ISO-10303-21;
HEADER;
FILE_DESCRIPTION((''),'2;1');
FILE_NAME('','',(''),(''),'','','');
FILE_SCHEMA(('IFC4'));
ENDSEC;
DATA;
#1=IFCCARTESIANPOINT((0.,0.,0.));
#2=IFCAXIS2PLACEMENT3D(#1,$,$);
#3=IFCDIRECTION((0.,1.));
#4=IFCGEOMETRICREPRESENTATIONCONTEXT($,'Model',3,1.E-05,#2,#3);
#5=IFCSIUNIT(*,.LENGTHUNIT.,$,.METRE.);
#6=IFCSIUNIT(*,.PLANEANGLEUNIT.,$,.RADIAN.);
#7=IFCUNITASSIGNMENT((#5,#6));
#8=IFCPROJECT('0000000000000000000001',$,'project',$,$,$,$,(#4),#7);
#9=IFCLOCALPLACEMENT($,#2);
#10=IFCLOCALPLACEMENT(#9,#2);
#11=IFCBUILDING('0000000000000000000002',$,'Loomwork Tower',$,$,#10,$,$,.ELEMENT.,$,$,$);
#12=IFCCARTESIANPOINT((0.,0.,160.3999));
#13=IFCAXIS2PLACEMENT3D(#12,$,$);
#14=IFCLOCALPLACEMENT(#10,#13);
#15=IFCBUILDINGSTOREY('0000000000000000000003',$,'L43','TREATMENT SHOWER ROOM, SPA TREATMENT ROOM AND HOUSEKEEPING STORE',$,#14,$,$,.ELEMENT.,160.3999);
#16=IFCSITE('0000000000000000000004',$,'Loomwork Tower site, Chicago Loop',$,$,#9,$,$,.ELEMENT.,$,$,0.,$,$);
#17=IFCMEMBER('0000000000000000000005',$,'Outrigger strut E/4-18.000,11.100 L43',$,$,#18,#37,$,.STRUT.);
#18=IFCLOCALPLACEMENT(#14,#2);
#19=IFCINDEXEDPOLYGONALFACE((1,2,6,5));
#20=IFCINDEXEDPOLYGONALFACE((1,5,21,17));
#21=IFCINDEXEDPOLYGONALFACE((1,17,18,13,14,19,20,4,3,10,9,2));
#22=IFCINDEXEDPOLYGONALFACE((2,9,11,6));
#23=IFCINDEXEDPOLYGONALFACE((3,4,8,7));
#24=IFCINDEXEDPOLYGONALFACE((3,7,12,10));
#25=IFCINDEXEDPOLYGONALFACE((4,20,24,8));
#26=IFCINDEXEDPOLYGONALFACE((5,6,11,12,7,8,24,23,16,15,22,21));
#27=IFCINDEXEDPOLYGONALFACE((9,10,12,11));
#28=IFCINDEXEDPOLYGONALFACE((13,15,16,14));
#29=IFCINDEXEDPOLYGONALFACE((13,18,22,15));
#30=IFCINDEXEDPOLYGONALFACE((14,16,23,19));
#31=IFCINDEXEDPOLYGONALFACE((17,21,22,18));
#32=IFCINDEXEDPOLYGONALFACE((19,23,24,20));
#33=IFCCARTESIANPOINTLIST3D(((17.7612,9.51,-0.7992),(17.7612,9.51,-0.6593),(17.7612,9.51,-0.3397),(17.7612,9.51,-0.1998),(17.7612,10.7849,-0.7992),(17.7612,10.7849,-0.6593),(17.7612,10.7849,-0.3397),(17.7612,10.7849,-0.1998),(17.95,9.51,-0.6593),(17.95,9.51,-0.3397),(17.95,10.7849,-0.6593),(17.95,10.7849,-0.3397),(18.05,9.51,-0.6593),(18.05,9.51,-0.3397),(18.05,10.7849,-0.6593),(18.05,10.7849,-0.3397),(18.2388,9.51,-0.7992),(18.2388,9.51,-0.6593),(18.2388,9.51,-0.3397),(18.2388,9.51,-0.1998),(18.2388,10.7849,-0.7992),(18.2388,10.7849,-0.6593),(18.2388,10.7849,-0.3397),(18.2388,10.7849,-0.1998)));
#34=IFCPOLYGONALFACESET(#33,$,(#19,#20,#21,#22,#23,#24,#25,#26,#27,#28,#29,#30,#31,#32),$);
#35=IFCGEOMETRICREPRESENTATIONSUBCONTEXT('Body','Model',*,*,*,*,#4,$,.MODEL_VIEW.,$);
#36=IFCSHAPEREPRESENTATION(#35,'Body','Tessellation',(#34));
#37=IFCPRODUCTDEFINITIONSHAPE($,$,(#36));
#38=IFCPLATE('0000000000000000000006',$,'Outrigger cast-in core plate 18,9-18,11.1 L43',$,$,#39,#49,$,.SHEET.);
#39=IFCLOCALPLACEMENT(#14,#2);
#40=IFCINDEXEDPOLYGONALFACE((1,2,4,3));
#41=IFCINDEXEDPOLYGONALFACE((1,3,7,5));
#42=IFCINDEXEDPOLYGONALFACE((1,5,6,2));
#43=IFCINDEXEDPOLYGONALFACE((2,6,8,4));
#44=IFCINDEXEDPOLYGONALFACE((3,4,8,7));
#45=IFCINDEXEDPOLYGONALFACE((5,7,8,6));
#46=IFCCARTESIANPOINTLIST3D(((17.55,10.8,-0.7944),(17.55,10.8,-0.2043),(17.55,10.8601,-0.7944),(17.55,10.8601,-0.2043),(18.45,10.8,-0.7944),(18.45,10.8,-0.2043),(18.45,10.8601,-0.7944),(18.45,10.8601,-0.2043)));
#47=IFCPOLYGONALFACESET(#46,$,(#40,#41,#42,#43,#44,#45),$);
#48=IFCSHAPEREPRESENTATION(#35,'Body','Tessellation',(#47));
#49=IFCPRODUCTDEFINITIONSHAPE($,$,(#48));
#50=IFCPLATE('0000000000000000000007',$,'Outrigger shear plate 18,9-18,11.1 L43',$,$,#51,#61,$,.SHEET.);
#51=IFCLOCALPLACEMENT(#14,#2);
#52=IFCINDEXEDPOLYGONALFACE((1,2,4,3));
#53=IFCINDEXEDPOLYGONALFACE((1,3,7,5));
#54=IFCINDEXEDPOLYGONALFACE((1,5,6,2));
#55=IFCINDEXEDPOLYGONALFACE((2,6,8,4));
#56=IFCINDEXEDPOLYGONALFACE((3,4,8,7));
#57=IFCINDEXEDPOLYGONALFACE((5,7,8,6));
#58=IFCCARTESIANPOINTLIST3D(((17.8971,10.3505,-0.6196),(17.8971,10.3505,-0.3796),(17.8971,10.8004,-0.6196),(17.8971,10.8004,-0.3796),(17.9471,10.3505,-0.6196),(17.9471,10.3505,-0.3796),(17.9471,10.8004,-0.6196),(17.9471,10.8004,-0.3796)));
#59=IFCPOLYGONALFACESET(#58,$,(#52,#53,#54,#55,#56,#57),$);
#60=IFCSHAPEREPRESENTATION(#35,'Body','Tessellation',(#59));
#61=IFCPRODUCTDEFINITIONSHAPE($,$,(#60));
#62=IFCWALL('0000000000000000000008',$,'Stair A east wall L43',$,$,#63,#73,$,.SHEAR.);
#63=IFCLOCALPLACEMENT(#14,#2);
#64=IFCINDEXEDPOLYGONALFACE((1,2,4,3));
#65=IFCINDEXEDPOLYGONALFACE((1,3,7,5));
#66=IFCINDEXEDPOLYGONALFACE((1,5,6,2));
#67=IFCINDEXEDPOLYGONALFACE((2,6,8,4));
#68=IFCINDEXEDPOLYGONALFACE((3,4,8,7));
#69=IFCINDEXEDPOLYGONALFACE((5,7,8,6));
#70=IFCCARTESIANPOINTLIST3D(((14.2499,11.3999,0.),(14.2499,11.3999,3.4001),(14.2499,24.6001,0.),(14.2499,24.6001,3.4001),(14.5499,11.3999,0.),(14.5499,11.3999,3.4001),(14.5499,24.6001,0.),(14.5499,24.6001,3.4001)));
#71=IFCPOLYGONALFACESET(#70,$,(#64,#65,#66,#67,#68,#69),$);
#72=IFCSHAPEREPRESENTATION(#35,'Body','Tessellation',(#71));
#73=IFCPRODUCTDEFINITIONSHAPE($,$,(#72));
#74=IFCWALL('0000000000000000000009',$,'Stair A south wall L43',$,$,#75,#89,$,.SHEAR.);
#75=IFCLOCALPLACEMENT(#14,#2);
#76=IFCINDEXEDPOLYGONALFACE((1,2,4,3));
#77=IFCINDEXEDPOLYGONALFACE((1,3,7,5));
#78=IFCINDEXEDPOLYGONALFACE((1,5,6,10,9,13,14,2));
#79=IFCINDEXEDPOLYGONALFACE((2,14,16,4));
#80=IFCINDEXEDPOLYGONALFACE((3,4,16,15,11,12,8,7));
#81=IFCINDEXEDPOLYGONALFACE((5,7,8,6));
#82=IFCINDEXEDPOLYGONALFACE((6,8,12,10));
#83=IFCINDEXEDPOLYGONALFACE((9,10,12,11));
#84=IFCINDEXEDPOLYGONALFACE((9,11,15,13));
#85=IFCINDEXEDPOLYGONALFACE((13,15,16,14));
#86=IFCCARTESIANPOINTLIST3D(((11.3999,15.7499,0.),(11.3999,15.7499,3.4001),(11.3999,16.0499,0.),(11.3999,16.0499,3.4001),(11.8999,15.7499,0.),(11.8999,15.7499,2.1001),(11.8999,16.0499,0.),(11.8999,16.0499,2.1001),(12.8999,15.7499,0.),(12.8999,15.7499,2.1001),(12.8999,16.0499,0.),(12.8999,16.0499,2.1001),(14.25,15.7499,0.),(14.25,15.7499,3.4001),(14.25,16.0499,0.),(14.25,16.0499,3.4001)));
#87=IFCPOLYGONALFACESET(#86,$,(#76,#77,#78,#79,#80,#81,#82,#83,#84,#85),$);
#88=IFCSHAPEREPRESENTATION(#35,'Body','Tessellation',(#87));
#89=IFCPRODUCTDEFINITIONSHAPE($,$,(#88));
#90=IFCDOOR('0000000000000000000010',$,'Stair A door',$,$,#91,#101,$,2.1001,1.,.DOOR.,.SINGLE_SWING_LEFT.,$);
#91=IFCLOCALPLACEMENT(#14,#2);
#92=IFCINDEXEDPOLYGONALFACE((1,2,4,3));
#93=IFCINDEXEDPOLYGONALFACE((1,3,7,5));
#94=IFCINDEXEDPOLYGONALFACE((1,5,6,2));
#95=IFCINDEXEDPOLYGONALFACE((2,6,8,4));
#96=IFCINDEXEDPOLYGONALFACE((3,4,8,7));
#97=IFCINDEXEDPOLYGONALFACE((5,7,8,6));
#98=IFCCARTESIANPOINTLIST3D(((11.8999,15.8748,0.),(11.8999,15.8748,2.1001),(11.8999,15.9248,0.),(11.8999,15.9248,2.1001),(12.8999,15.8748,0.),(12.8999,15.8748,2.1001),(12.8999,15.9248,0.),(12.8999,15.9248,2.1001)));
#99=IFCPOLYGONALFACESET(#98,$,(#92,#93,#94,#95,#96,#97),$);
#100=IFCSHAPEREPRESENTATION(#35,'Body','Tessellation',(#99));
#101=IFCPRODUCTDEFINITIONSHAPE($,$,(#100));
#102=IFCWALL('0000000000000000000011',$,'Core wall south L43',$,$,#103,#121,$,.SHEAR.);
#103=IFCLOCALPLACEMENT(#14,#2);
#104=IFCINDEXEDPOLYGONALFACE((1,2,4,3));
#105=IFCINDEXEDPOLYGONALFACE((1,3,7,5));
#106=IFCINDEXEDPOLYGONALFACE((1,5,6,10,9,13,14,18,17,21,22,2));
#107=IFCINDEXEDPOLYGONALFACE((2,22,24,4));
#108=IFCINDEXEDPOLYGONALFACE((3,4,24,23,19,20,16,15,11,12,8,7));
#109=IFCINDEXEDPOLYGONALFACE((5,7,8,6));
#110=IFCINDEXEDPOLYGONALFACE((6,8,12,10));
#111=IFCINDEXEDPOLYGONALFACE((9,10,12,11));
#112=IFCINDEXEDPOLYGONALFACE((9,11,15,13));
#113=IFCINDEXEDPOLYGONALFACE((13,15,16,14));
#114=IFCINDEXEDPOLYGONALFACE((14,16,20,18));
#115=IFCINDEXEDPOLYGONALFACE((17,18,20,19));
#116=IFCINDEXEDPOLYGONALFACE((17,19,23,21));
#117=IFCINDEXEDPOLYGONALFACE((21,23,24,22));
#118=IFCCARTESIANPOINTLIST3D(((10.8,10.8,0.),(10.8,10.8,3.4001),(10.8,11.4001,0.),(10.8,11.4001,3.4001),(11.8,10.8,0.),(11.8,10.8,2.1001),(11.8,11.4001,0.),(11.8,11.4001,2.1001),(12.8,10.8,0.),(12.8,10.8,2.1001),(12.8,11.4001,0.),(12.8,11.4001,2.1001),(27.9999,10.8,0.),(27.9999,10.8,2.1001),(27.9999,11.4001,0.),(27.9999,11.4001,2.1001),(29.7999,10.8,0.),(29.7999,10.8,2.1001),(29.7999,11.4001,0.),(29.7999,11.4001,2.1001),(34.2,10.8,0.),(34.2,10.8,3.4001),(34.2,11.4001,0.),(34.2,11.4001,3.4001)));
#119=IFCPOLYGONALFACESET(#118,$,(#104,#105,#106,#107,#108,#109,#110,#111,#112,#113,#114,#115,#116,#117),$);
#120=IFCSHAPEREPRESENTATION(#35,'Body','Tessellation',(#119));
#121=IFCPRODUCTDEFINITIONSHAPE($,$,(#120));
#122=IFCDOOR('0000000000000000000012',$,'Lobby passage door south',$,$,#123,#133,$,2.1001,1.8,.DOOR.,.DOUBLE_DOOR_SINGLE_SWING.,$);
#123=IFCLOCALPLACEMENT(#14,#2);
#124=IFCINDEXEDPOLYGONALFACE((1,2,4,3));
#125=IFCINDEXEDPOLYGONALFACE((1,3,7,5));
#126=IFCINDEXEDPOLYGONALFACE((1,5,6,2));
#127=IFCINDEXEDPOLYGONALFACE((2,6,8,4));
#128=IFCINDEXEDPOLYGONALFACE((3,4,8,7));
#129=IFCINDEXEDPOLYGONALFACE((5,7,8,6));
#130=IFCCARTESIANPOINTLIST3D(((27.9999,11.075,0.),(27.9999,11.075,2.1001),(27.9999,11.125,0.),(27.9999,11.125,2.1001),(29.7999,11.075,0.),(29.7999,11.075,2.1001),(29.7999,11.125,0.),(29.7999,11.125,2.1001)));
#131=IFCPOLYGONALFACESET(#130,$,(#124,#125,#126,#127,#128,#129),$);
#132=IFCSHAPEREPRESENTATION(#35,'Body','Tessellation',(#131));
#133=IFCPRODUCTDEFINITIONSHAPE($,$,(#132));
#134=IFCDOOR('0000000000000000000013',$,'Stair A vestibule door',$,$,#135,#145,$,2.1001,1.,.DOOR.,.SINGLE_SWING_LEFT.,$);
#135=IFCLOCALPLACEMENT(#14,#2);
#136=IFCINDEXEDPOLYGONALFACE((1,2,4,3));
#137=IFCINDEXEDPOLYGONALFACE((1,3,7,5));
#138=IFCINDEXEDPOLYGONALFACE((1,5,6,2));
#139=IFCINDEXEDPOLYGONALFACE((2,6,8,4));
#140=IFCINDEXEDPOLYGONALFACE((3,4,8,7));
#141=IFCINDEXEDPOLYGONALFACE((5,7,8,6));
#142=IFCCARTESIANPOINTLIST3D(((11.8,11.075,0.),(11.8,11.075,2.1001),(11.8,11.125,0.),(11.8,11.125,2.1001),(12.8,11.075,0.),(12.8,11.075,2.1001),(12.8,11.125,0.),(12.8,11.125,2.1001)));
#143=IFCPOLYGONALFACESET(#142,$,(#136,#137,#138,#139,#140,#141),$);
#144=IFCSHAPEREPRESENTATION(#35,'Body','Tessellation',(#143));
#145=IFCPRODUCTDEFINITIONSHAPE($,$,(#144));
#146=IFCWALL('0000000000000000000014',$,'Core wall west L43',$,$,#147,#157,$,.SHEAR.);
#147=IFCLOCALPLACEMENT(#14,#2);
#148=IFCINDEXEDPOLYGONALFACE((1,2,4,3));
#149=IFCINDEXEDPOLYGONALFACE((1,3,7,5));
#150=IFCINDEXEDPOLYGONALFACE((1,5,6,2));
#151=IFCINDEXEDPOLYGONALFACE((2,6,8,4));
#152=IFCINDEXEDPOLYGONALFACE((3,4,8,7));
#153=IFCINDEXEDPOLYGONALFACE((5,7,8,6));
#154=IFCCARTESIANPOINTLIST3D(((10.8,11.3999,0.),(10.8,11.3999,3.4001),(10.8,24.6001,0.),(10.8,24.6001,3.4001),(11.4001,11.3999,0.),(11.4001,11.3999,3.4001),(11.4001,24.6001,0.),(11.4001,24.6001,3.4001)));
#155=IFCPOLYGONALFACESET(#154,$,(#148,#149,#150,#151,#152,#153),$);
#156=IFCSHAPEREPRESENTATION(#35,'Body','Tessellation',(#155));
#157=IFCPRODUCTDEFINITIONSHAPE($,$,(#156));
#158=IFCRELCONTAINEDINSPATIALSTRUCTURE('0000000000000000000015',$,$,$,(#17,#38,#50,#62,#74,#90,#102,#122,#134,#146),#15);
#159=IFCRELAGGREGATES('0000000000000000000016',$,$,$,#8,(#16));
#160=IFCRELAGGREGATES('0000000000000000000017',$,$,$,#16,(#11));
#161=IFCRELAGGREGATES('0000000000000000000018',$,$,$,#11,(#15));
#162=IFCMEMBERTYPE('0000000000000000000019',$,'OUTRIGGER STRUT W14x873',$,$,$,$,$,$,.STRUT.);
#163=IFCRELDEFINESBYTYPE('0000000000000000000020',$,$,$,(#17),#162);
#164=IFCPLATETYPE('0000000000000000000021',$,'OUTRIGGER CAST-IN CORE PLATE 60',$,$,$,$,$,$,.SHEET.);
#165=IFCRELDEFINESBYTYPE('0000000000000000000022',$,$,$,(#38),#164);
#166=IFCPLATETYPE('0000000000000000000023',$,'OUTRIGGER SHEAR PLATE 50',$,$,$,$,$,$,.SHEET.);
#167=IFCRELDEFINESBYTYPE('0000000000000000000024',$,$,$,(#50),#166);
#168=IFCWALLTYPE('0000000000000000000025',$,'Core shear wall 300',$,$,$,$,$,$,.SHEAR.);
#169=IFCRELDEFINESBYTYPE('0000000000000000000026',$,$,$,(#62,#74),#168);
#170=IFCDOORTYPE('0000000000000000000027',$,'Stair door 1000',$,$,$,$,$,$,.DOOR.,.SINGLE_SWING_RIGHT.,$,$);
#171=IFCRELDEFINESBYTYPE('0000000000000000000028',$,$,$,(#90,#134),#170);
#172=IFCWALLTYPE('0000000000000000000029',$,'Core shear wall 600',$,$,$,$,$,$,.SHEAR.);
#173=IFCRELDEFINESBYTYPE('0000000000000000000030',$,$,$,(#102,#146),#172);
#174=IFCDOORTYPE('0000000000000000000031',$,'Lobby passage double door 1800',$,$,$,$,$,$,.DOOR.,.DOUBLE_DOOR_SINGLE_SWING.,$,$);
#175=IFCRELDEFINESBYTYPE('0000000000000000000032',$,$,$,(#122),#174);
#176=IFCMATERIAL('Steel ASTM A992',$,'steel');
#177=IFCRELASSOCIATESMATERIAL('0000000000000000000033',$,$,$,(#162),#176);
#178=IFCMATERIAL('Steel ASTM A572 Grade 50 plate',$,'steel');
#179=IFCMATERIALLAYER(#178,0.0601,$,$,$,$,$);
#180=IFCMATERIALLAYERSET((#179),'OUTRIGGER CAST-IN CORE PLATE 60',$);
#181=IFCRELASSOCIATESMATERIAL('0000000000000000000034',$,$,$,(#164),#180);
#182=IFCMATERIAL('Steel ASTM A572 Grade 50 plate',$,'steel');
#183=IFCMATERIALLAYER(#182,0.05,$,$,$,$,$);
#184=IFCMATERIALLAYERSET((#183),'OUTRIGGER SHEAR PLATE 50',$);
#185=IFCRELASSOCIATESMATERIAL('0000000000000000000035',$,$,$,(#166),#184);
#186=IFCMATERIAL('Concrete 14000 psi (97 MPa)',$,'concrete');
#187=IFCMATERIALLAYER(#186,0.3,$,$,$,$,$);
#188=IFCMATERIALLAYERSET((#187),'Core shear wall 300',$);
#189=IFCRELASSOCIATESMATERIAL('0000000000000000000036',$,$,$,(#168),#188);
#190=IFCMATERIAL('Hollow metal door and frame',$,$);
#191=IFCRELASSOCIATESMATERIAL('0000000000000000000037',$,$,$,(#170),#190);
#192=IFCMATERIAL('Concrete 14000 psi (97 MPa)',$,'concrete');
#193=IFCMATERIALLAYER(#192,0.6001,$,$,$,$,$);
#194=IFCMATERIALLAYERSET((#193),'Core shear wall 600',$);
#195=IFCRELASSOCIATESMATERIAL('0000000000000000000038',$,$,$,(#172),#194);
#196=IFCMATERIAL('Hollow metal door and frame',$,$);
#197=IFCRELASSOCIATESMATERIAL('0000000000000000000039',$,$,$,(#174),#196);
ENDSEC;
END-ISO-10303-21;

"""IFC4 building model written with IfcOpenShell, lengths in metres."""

from ifc_helpers import new_model, si_unit, direction, frame, frame_2d, origin, origin_2d, place, context, subcontext, project, spatial, rectangle, i_section, extrude, material, layer, layer_set, material_profile, profile_set, type_object, element, fill, save


model = new_model("IFC4")

# Units and contexts
model_context = context("Model", 3, precision=1e-05, world=origin(), true_north=direction((0.0, 1.0)))
body_context = subcontext(model_context, "Body", "Model", "MODEL_VIEW")
ifc_project = project(units=[si_unit("LENGTHUNIT", "METRE"), si_unit("PLANEANGLEUNIT", "RADIAN")], contexts=[model_context])

# Site, building, storey
site_placement = place(None, origin())
site = spatial("IfcSite", under=ifc_project, at=site_placement, Name="Loomwork Tower site, Chicago Loop", CompositionType="ELEMENT", RefElevation=0.0)
building_placement = place(site_placement, origin())
building = spatial("IfcBuilding", under=site, at=building_placement, Name="Loomwork Tower", CompositionType="ELEMENT")
storey_placement = place(building_placement, frame((0.0, 0.0, 160.3999)))
storey = spatial("IfcBuildingStorey", under=building, at=storey_placement, Name="L43", Description="TREATMENT SHOWER ROOM, SPA TREATMENT ROOM AND HOUSEKEEPING STORE", CompositionType="ELEMENT", Elevation=160.3999)

# Member
ifc_material_1 = material(Name="Steel ASTM A992", Category="steel")
ifc_material_profile = material_profile(ifc_material_1, i_section(OverallWidth=0.4775, OverallDepth=0.5994, WebThickness=0.1001, FlangeThickness=0.1399, at=origin_2d()), Name="W14x873")
ifc_profile_set = profile_set([ifc_material_profile], Name="Steel ASTM A992")
member_type = type_object("IfcMemberType", Name="OUTRIGGER STRUT W14x873", PredefinedType="STRUT", material=ifc_profile_set)
member_placement = place(storey_placement, frame((18.0, 9.51, -0.4995), z_axis=(0.0, 1.0, 0.0), x_axis=(-1.0, 0.0, 0.0)))
element("IfcMember", 1, at=member_placement, inside=storey, type_object=member_type, Name="Outrigger strut E/4-18.000,11.100 L43", PredefinedType="STRUT", context=body_context, shape_type="SweptSolid", body=[
    extrude(i_section(OverallWidth=0.4775, OverallDepth=0.5994, WebThickness=0.1001, FlangeThickness=0.1399, at=origin_2d()), origin(), (0.0, 0.0, 1.0), 1.2749),
])

# Plates
ifc_material_2 = material(Name="Steel ASTM A572 Grade 50 plate", Category="steel")
ifc_layer_1 = layer(ifc_material_2, 0.0601)
ifc_layer_set_1 = layer_set([ifc_layer_1], Name="OUTRIGGER CAST-IN CORE PLATE 60")
plate_type_1 = type_object("IfcPlateType", Name="OUTRIGGER CAST-IN CORE PLATE 60", PredefinedType="SHEET", material=ifc_layer_set_1)
plate_1_placement = place(storey_placement, frame((18.0, 10.8301, -0.7944), z_axis=(0.0, 0.0, 1.0), x_axis=(1.0, 0.0, 0.0)))
element("IfcPlate", 2, at=plate_1_placement, inside=storey, type_object=plate_type_1, Name="Outrigger cast-in core plate 18,9-18,11.1 L43", PredefinedType="SHEET", context=body_context, shape_type="SweptSolid", body=[
    extrude(rectangle(XDim=0.8999, YDim=0.0601, at=origin_2d()), origin(), (0.0, 0.0, 1.0), 0.5901),
])
ifc_material_3 = material(Name="Steel ASTM A572 Grade 50 plate", Category="steel")
ifc_layer_2 = layer(ifc_material_3, 0.05)
ifc_layer_set_2 = layer_set([ifc_layer_2], Name="OUTRIGGER SHEAR PLATE 50")
plate_type_2 = type_object("IfcPlateType", Name="OUTRIGGER SHEAR PLATE 50", PredefinedType="SHEET", material=ifc_layer_set_2)
plate_2_placement = place(storey_placement, frame((17.9221, 10.5754, -0.6196), z_axis=(0.0, 0.0, 1.0), x_axis=(0.0, 1.0, 0.0)))
element("IfcPlate", 3, at=plate_2_placement, inside=storey, type_object=plate_type_2, Name="Outrigger shear plate 18,9-18,11.1 L43", PredefinedType="SHEET", context=body_context, shape_type="SweptSolid", body=[
    extrude(rectangle(XDim=0.45, YDim=0.05, at=origin_2d()), origin(), (0.0, 0.0, 1.0), 0.24),
])

# Wall
ifc_material_4 = material(Name="Concrete 14000 psi (97 MPa)", Category="concrete")
ifc_layer_3 = layer(ifc_material_4, 0.3)
ifc_layer_set_3 = layer_set([ifc_layer_3], Name="Core shear wall 300")
wall_type_1 = type_object("IfcWallType", Name="Core shear wall 300", PredefinedType="SHEAR", material=ifc_layer_set_3)
wall_1_placement = place(storey_placement, frame((14.3999, 11.3999, 0.0), z_axis=(0.0, 0.0, 1.0), x_axis=(0.0, 1.0, 0.0)))
element("IfcWall", 4, at=wall_1_placement, inside=storey, type_object=wall_type_1, Name="Stair A east wall L43", PredefinedType="SHEAR", context=body_context, shape_type="SweptSolid", body=[
    extrude(rectangle(XDim=13.2002, YDim=0.3, at=frame_2d((6.6001, 0.0))), origin(), (0.0, 0.0, 1.0), 3.4001),
])

# Wall, opening, door
wall_2_placement = place(storey_placement, frame((11.3999, 15.8999, 0.0), z_axis=(0.0, 0.0, 1.0), x_axis=(1.0, 0.0, 0.0)))
wall_2 = element("IfcWall", 5, at=wall_2_placement, inside=storey, type_object=wall_type_1, Name="Stair A south wall L43", PredefinedType="SHEAR", context=body_context, shape_type="SweptSolid", body=[
    extrude(rectangle(XDim=2.8501, YDim=0.3, at=frame_2d((1.425, 0.0))), origin(), (0.0, 0.0, 1.0), 3.4001),
])
opening_1_placement = place(wall_2_placement, frame((0.5, 0.0, 0.0)))
opening_1 = element("IfcOpeningElement", 6, at=opening_1_placement, cuts=wall_2, PredefinedType="OPENING", context=body_context, shape_type="SweptSolid", body=[
    extrude(rectangle(XDim=1.0, YDim=2.1001, at=frame_2d((0.5, 1.05))), frame((0.0, 0.1599, 0.0), z_axis=(0.0, -1.0, 0.0), x_axis=(1.0, 0.0, 0.0)), (0.0, 0.0, 1.0), 0.3201),
])
ifc_material_5 = material(Name="Hollow metal door and frame")
door_type_1 = type_object("IfcDoorType", Name="Stair door 1000", OperationType="SINGLE_SWING_RIGHT", PredefinedType="DOOR", material=ifc_material_5)
door_1_placement = place(opening_1_placement, origin())
door_1 = element("IfcDoor", 7, at=door_1_placement, inside=storey, type_object=door_type_1, Name="Stair A door", OperationType="SINGLE_SWING_LEFT", OverallHeight=2.1001, OverallWidth=1.0, PredefinedType="DOOR", context=body_context, shape_type="SweptSolid", body=[
    extrude(rectangle(XDim=1.0, YDim=2.1001, at=frame_2d((0.5, 1.05))), frame((0.0, 0.0249, 0.0), z_axis=(0.0, -1.0, 0.0), x_axis=(1.0, 0.0, 0.0)), (0.0, 0.0, 1.0), 0.05),
])
fill(opening_1, door_1)

# Wall, openings, doors
ifc_material_6 = material(Name="Concrete 14000 psi (97 MPa)", Category="concrete")
ifc_layer_4 = layer(ifc_material_6, 0.6001)
ifc_layer_set_4 = layer_set([ifc_layer_4], Name="Core shear wall 600")
wall_type_2 = type_object("IfcWallType", Name="Core shear wall 600", PredefinedType="SHEAR", material=ifc_layer_set_4)
wall_3_placement = place(storey_placement, frame((10.8, 11.1001, 0.0), z_axis=(0.0, 0.0, 1.0), x_axis=(1.0, 0.0, 0.0)))
wall_3 = element("IfcWall", 8, at=wall_3_placement, inside=storey, type_object=wall_type_2, Name="Core wall south L43", PredefinedType="SHEAR", context=body_context, shape_type="SweptSolid", body=[
    extrude(rectangle(XDim=23.3999, YDim=0.6001, at=frame_2d((11.7, 0.0))), origin(), (0.0, 0.0, 1.0), 3.4001),
])
opening_2_placement = place(wall_3_placement, frame((1.0, 0.0, 0.0)))
opening_2 = element("IfcOpeningElement", 9, at=opening_2_placement, cuts=wall_3, PredefinedType="OPENING", context=body_context, shape_type="SweptSolid", body=[
    extrude(rectangle(XDim=1.0, YDim=2.1001, at=frame_2d((0.5, 1.05))), frame((0.0, 0.3101, 0.0), z_axis=(0.0, -1.0, 0.0), x_axis=(1.0, 0.0, 0.0)), (0.0, 0.0, 1.0), 0.6201),
])
opening_3_placement = place(wall_3_placement, frame((17.2, 0.0, 0.0)))
opening_3 = element("IfcOpeningElement", 10, at=opening_3_placement, cuts=wall_3, PredefinedType="OPENING", context=body_context, shape_type="SweptSolid", body=[
    extrude(rectangle(XDim=1.8, YDim=2.1001, at=frame_2d((0.8999, 1.05))), frame((0.0, 0.3101, 0.0), z_axis=(0.0, -1.0, 0.0), x_axis=(1.0, 0.0, 0.0)), (0.0, 0.0, 1.0), 0.6201),
])
ifc_material_7 = material(Name="Hollow metal door and frame")
door_type_2 = type_object("IfcDoorType", Name="Lobby passage double door 1800", OperationType="DOUBLE_DOOR_SINGLE_SWING", PredefinedType="DOOR", material=ifc_material_7)
door_2_placement = place(opening_3_placement, origin())
door_2 = element("IfcDoor", 11, at=door_2_placement, inside=storey, type_object=door_type_2, Name="Lobby passage door south", OperationType="DOUBLE_DOOR_SINGLE_SWING", OverallHeight=2.1001, OverallWidth=1.8, PredefinedType="DOOR", context=body_context, shape_type="SweptSolid", body=[
    extrude(rectangle(XDim=1.8, YDim=2.1001, at=frame_2d((0.8999, 1.05))), frame((0.0, 0.0249, 0.0), z_axis=(0.0, -1.0, 0.0), x_axis=(1.0, 0.0, 0.0)), (0.0, 0.0, 1.0), 0.05),
])
fill(opening_3, door_2)
door_3_placement = place(opening_2_placement, origin())
door_3 = element("IfcDoor", 12, at=door_3_placement, inside=storey, type_object=door_type_1, Name="Stair A vestibule door", OperationType="SINGLE_SWING_LEFT", OverallHeight=2.1001, OverallWidth=1.0, PredefinedType="DOOR", context=body_context, shape_type="SweptSolid", body=[
    extrude(rectangle(XDim=1.0, YDim=2.1001, at=frame_2d((0.5, 1.05))), frame((0.0, 0.0249, 0.0), z_axis=(0.0, -1.0, 0.0), x_axis=(1.0, 0.0, 0.0)), (0.0, 0.0, 1.0), 0.05),
])
fill(opening_2, door_3)

# Wall
wall_4_placement = place(storey_placement, frame((11.1001, 11.3999, 0.0), z_axis=(0.0, 0.0, 1.0), x_axis=(0.0, 1.0, 0.0)))
element("IfcWall", 13, at=wall_4_placement, inside=storey, type_object=wall_type_2, Name="Core wall west L43", PredefinedType="SHEAR", context=body_context, shape_type="SweptSolid", body=[
    extrude(rectangle(XDim=13.2002, YDim=0.6001, at=frame_2d((6.6001, 0.0))), origin(), (0.0, 0.0, 1.0), 3.4001),
])

save(model, "model.ifc")
